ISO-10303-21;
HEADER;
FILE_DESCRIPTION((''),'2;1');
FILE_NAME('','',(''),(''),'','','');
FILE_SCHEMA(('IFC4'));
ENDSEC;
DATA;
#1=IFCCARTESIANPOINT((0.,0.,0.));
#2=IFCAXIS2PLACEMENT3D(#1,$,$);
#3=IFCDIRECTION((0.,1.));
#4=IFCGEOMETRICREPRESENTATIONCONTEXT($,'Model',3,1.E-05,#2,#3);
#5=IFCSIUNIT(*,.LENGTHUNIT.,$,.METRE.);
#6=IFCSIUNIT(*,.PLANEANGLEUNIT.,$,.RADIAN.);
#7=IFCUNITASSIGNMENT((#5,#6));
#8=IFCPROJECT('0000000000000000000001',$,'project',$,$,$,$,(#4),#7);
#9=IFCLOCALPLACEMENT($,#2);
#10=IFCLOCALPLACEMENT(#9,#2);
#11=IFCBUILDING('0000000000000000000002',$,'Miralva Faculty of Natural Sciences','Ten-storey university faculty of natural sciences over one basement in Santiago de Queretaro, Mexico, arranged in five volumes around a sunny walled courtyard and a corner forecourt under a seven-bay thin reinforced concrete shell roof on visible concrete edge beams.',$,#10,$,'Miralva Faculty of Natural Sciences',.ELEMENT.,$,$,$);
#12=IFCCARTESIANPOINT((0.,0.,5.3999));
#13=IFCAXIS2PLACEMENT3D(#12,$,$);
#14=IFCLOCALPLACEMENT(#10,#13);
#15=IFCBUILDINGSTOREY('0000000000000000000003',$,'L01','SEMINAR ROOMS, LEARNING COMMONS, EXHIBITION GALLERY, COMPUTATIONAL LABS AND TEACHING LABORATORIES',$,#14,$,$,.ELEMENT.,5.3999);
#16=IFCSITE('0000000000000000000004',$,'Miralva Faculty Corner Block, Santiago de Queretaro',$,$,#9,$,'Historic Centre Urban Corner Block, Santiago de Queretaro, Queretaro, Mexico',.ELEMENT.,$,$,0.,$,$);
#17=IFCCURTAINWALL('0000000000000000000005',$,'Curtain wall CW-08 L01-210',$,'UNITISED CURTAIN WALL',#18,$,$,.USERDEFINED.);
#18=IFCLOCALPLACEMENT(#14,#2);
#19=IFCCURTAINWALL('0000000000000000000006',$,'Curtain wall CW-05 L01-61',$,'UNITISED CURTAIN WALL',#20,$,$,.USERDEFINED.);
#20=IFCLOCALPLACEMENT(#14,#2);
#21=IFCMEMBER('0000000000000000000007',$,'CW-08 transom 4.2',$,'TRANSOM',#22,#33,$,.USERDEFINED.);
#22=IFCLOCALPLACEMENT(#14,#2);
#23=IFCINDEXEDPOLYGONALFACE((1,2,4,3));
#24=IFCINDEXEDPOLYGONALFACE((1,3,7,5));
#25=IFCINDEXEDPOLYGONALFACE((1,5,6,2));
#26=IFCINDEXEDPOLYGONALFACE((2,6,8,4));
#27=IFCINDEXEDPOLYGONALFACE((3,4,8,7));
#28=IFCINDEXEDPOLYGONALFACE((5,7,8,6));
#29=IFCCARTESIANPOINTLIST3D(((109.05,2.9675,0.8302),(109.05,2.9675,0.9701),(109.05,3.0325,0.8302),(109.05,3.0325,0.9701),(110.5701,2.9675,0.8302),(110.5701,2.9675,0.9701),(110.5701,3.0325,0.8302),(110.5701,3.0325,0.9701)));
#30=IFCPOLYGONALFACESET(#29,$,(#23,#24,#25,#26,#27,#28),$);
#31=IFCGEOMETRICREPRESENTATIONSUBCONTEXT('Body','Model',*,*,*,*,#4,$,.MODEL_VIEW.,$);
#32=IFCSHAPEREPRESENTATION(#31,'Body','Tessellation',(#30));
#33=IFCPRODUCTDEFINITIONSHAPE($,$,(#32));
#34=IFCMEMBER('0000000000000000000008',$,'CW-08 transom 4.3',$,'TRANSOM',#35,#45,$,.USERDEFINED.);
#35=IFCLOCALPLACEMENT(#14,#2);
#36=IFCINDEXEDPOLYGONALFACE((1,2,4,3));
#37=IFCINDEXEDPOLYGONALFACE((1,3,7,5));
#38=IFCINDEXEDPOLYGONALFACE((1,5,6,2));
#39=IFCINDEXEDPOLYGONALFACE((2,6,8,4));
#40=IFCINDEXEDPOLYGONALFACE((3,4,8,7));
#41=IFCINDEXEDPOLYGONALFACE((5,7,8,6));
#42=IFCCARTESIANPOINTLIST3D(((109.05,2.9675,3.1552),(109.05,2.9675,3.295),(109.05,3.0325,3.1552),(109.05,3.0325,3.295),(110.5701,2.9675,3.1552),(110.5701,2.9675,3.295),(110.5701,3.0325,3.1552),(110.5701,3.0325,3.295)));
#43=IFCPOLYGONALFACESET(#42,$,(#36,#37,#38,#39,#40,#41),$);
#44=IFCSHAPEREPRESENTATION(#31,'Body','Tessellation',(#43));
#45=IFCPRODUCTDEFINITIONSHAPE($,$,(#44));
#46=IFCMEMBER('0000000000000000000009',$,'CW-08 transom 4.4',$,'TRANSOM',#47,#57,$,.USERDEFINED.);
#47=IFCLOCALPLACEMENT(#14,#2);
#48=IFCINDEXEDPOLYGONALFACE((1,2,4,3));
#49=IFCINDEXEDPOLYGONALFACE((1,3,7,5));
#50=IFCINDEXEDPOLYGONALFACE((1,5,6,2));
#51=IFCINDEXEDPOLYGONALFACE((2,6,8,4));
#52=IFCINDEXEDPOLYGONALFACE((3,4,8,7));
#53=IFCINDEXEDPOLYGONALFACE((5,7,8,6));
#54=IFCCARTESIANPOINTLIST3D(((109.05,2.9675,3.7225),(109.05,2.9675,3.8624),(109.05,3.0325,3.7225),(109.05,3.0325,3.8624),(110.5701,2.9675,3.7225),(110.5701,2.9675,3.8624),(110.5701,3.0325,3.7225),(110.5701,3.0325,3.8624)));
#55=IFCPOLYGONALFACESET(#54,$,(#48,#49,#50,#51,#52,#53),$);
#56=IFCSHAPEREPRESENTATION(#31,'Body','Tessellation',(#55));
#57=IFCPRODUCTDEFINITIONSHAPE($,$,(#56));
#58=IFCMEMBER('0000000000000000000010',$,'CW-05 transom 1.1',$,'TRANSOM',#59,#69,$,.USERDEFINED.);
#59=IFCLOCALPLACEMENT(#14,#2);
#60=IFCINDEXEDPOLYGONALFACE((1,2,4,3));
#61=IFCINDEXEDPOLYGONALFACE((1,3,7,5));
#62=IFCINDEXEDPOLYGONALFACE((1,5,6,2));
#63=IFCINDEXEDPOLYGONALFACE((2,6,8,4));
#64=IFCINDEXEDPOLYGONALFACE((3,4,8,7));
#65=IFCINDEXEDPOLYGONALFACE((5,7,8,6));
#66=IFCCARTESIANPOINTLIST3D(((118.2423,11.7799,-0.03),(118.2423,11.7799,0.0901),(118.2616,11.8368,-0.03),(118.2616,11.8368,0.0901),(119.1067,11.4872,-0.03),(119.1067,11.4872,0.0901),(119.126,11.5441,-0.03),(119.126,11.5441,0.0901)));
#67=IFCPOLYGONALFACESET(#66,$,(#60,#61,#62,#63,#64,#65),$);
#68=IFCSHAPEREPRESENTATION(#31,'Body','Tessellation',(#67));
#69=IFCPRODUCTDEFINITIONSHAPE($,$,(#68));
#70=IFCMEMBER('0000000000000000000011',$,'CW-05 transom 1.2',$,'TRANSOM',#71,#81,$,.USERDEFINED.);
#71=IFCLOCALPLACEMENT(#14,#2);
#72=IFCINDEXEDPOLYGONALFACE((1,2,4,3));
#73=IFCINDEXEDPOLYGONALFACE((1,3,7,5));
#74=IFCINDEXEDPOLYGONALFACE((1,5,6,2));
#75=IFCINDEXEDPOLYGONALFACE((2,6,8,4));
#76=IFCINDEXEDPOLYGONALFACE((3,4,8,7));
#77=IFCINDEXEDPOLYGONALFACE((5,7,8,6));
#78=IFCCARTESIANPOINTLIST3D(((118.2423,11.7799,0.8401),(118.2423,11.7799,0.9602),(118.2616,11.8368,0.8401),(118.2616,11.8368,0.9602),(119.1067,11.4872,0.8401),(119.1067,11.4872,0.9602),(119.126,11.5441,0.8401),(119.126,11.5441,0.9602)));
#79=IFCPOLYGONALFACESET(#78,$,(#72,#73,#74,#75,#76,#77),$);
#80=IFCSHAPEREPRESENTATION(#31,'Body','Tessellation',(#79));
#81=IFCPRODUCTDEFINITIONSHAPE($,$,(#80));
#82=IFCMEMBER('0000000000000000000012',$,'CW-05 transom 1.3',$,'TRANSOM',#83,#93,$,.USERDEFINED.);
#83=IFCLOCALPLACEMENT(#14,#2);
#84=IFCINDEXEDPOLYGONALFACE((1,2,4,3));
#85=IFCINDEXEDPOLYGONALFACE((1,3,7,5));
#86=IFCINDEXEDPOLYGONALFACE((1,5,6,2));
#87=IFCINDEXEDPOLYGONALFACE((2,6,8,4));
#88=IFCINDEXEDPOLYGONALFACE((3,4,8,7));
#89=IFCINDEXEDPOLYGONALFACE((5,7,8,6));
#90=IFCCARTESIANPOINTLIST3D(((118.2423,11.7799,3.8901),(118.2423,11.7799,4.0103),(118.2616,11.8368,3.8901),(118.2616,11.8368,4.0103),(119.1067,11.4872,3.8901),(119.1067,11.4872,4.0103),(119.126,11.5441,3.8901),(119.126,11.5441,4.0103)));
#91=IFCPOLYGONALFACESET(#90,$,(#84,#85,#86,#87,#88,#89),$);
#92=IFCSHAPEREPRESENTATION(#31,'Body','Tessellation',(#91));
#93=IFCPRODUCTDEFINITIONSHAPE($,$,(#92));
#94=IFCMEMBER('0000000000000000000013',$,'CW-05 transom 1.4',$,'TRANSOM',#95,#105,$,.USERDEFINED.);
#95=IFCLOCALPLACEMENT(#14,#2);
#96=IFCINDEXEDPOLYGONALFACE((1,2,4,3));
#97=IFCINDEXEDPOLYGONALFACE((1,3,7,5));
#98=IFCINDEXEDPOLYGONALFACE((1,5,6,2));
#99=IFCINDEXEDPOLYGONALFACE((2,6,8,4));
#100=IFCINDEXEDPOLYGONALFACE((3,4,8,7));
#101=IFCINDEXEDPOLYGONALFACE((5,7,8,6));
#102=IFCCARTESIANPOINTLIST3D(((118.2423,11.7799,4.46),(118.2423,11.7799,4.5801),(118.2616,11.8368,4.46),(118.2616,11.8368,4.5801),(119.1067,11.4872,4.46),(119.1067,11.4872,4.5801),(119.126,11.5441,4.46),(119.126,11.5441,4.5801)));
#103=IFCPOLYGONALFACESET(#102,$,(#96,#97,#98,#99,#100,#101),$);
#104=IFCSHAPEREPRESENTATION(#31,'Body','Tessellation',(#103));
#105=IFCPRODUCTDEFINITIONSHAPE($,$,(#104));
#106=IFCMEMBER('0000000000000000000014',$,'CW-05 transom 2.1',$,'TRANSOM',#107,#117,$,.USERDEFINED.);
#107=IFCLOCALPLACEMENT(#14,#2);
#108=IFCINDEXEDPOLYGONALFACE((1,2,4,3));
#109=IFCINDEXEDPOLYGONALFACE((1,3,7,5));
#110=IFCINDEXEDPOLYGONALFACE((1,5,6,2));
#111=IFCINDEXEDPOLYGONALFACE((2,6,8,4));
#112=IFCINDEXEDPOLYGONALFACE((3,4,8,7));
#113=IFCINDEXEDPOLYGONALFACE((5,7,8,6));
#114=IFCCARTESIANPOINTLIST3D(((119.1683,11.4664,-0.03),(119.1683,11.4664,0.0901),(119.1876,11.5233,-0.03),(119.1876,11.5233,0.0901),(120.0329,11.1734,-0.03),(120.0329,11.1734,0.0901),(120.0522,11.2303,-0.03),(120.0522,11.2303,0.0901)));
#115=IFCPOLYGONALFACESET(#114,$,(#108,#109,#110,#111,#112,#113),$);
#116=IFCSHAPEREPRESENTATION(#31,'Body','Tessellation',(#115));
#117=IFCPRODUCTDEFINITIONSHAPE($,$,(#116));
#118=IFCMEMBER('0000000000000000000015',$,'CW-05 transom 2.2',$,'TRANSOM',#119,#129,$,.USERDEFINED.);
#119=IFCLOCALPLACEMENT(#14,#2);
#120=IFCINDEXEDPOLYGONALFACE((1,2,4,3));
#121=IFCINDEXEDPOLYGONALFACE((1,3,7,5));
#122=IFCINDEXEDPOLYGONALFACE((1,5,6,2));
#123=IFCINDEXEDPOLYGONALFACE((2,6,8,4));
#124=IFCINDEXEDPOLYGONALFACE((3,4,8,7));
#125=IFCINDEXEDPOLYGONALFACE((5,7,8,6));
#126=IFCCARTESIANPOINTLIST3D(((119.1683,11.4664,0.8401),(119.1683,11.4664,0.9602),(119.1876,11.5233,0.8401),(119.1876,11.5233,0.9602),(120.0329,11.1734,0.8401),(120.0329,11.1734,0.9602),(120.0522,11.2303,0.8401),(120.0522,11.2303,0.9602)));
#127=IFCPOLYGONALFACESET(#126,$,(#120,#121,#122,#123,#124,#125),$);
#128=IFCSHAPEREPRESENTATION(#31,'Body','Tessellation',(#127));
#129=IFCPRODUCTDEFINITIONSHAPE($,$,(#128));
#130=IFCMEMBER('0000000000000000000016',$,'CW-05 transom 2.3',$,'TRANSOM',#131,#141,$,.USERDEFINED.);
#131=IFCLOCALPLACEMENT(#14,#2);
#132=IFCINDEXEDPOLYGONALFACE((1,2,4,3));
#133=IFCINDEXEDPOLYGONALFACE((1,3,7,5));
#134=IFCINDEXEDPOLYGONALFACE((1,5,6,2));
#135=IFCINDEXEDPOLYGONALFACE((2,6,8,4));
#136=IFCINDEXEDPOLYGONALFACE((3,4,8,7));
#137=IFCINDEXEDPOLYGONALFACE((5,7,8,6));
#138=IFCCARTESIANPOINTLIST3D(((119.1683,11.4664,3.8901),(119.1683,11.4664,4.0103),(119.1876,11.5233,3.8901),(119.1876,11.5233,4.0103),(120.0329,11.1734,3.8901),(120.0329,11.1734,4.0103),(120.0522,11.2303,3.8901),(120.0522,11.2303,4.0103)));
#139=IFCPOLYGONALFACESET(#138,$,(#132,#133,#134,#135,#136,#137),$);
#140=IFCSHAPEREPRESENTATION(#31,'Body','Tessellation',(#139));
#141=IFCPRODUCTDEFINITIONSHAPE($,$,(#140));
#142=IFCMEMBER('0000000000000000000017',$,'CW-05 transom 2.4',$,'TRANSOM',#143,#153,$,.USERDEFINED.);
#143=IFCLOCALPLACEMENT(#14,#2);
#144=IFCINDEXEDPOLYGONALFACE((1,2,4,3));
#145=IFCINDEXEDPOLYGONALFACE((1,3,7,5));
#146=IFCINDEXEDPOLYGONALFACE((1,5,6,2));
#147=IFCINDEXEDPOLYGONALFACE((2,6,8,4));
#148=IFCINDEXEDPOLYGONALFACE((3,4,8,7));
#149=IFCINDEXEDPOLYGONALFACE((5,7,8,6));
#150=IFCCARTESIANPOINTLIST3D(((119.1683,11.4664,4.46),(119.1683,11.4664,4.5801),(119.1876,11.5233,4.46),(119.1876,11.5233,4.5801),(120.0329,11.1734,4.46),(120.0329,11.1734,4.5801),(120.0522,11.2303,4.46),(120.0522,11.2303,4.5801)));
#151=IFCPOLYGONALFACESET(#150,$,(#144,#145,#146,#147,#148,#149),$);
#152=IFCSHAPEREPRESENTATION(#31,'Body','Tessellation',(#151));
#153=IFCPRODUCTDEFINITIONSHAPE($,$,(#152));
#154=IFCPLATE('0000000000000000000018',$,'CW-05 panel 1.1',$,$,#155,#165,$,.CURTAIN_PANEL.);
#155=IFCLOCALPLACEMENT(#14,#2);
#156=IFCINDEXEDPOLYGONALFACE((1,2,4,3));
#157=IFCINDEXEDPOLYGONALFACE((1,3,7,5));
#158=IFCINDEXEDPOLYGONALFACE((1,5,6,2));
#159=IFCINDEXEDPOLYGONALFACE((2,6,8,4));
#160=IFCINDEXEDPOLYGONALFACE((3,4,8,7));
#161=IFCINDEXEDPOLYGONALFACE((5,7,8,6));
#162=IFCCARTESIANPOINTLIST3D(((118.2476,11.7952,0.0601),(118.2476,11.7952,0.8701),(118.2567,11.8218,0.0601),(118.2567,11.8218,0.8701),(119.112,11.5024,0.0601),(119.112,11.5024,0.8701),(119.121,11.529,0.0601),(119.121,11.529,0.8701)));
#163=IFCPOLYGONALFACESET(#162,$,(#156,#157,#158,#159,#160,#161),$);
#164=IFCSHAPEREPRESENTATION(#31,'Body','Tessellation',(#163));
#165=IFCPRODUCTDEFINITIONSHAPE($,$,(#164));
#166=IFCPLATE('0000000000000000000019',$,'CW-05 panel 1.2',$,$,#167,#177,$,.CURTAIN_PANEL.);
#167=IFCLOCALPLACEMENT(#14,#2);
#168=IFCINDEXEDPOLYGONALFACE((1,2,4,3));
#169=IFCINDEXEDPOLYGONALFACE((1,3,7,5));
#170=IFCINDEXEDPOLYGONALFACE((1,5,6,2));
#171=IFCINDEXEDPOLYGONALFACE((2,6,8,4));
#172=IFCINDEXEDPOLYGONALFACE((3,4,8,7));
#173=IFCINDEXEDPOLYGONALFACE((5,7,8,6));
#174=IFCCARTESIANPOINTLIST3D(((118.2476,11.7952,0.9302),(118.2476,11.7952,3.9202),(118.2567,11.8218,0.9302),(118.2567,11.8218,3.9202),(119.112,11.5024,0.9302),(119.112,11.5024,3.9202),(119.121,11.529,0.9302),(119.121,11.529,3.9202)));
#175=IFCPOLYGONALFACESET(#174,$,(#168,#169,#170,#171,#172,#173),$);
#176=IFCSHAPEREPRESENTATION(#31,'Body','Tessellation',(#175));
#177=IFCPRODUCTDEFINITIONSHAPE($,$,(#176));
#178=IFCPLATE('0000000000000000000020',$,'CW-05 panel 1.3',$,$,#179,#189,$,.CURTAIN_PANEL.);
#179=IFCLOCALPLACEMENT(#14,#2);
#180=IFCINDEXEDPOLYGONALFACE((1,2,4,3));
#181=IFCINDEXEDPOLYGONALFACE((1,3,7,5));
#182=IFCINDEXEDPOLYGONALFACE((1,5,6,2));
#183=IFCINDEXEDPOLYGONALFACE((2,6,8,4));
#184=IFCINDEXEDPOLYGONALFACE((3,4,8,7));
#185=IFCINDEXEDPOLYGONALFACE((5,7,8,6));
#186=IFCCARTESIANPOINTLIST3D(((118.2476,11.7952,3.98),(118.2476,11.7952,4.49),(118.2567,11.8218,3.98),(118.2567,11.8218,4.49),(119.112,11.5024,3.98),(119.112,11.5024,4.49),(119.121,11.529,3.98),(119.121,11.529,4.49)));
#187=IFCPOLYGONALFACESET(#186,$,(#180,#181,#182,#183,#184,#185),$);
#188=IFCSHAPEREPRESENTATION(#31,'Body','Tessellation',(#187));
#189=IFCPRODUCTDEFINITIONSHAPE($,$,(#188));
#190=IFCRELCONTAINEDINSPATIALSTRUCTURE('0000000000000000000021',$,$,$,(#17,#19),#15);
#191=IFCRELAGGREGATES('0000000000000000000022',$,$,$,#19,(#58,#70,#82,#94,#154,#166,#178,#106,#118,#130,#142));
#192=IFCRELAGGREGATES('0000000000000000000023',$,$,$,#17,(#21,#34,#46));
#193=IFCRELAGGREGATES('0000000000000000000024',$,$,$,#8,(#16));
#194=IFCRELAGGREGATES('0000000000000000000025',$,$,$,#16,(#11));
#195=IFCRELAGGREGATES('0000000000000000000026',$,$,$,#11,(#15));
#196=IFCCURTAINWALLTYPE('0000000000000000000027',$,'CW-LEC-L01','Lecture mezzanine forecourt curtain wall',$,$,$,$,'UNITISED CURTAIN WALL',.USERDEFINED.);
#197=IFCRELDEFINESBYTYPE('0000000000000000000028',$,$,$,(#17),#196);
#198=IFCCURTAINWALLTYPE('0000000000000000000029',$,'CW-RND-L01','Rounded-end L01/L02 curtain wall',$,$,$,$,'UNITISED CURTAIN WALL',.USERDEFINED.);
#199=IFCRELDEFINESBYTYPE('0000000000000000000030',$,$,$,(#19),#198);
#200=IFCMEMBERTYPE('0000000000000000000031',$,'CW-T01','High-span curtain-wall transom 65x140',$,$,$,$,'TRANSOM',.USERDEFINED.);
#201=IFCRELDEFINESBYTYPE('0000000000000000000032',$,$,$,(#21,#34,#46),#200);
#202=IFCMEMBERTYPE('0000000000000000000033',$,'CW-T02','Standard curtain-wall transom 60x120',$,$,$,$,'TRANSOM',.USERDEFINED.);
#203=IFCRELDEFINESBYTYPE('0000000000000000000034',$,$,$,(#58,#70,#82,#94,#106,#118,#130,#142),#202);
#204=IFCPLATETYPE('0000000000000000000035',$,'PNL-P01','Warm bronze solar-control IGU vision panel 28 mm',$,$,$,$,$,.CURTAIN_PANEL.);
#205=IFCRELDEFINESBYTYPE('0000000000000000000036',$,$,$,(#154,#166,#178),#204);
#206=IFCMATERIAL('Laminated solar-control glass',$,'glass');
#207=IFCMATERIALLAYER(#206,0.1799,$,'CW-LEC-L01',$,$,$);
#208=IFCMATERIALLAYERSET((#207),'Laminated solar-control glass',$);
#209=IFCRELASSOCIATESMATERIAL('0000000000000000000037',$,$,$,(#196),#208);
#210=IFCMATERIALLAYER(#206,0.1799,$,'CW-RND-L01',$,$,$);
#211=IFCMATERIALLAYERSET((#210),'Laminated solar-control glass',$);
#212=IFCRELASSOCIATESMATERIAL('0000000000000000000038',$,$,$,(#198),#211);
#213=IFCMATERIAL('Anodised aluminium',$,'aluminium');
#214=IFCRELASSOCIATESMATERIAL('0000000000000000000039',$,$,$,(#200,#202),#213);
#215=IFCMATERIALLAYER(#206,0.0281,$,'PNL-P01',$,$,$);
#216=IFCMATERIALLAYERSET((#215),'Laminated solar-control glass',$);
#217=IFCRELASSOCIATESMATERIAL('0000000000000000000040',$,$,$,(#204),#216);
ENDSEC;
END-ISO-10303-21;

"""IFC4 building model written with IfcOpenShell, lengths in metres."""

from ifc_helpers import new_model, si_unit, direction, frame, origin, origin_2d, place, context, subcontext, project, spatial, rectangle, extrude, material, layer, layer_set, material_profile, profile_set, type_object, element, aggregate, save


model = new_model("IFC4")

# Units and contexts
model_context = context("Model", 3, precision=1e-05, world=origin(), true_north=direction((0.0, 1.0)))
body_context = subcontext(model_context, "Body", "Model", "MODEL_VIEW")
ifc_project = project(units=[si_unit("LENGTHUNIT", "METRE"), si_unit("PLANEANGLEUNIT", "RADIAN")], contexts=[model_context])

# Site, building, storey
site_placement = place(None, origin())
site = spatial("IfcSite", under=ifc_project, at=site_placement, Name="Miralva Faculty Corner Block, Santiago de Queretaro", LongName="Historic Centre Urban Corner Block, Santiago de Queretaro, Queretaro, Mexico", CompositionType="ELEMENT", RefElevation=0.0)
building_placement = place(site_placement, origin())
building = spatial("IfcBuilding", under=site, at=building_placement, Name="Miralva Faculty of Natural Sciences", Description="Ten-storey university faculty of natural sciences over one basement in Santiago de Queretaro, Mexico, arranged in five volumes around a sunny walled courtyard and a corner forecourt under a seven-bay thin reinforced concrete shell roof on visible concrete edge beams.", LongName="Miralva Faculty of Natural Sciences", CompositionType="ELEMENT")
storey_placement = place(building_placement, frame((0.0, 0.0, 5.3999)))
storey = spatial("IfcBuildingStorey", under=building, at=storey_placement, Name="L01", Description="SEMINAR ROOMS, LEARNING COMMONS, EXHIBITION GALLERY, COMPUTATIONAL LABS AND TEACHING LABORATORIES", CompositionType="ELEMENT", Elevation=5.3999)

# Curtain walls
ifc_material_1 = material(Name="Laminated solar-control glass", Category="glass")
ifc_layer_1 = layer(ifc_material_1, 0.1799, Name="CW-LEC-L01")
ifc_layer_set_1 = layer_set([ifc_layer_1], Name="Laminated solar-control glass")
curtain_wall_type_1 = type_object("IfcCurtainWallType", Name="CW-LEC-L01", Description="Lecture mezzanine forecourt curtain wall", ElementType="UNITISED CURTAIN WALL", PredefinedType="USERDEFINED", material=ifc_layer_set_1)
curtain_wall_1_placement = place(storey_placement, origin())
curtain_wall_1 = element("IfcCurtainWall", 1, at=curtain_wall_1_placement, inside=storey, type_object=curtain_wall_type_1, Name="Curtain wall CW-08 L01-210", ObjectType="UNITISED CURTAIN WALL", PredefinedType="USERDEFINED")
ifc_material_2 = material(Name="Anodised aluminium", Category="aluminium")
ifc_layer_2 = layer(ifc_material_1, 0.1799, Name="CW-RND-L01")
ifc_layer_set_2 = layer_set([ifc_layer_2], Name="Laminated solar-control glass")
curtain_wall_type_2 = type_object("IfcCurtainWallType", Name="CW-RND-L01", Description="Rounded-end L01/L02 curtain wall", ElementType="UNITISED CURTAIN WALL", PredefinedType="USERDEFINED", material=ifc_layer_set_2)
curtain_wall_2_placement = place(storey_placement, origin())
curtain_wall_2 = element("IfcCurtainWall", 2, at=curtain_wall_2_placement, inside=storey, type_object=curtain_wall_type_2, Name="Curtain wall CW-05 L01-61", ObjectType="UNITISED CURTAIN WALL", PredefinedType="USERDEFINED")

# Members
ifc_material_profile_1 = material_profile(ifc_material_2, rectangle(XDim=0.0649, YDim=0.1399, at=origin_2d()), Name="TRANSOM 65x140")
ifc_profile_set_1 = profile_set([ifc_material_profile_1], Name="Anodised aluminium")
member_type_1 = type_object("IfcMemberType", Name="CW-T01", Description="High-span curtain-wall transom 65x140", ElementType="TRANSOM", PredefinedType="USERDEFINED", material=ifc_profile_set_1)
member_1_placement = place(storey_placement, frame((109.05, 3.0, 0.9001), z_axis=(1.0, 0.0, 0.0), x_axis=(0.0, 1.0, 0.0)))
member_1 = element("IfcMember", 3, at=member_1_placement, type_object=member_type_1, Name="CW-08 transom 4.2", ObjectType="TRANSOM", PredefinedType="USERDEFINED", context=body_context, shape_type="SweptSolid", body=[
    extrude(rectangle(XDim=0.0649, YDim=0.1399, at=origin_2d()), origin(), (0.0, 0.0, 1.0), 1.52),
])
member_2_placement = place(storey_placement, frame((109.05, 3.0, 3.2251), z_axis=(1.0, 0.0, 0.0), x_axis=(0.0, 1.0, 0.0)))
member_2 = element("IfcMember", 4, at=member_2_placement, type_object=member_type_1, Name="CW-08 transom 4.3", ObjectType="TRANSOM", PredefinedType="USERDEFINED", context=body_context, shape_type="SweptSolid", body=[
    extrude(rectangle(XDim=0.0649, YDim=0.1399, at=origin_2d()), origin(), (0.0, 0.0, 1.0), 1.52),
])
member_3_placement = place(storey_placement, frame((109.05, 3.0, 3.7925), z_axis=(1.0, 0.0, 0.0), x_axis=(0.0, 1.0, 0.0)))
member_3 = element("IfcMember", 5, at=member_3_placement, type_object=member_type_1, Name="CW-08 transom 4.4", ObjectType="TRANSOM", PredefinedType="USERDEFINED", context=body_context, shape_type="SweptSolid", body=[
    extrude(rectangle(XDim=0.0649, YDim=0.1399, at=origin_2d()), origin(), (0.0, 0.0, 1.0), 1.52),
])
ifc_material_profile_2 = material_profile(ifc_material_2, rectangle(XDim=0.0601, YDim=0.1201, at=origin_2d()), Name="TRANSOM 60x120")
ifc_profile_set_2 = profile_set([ifc_material_profile_2], Name="Anodised aluminium")
member_type_2 = type_object("IfcMemberType", Name="CW-T02", Description="Standard curtain-wall transom 60x120", ElementType="TRANSOM", PredefinedType="USERDEFINED", material=ifc_profile_set_2)
member_4_placement = place(storey_placement, frame((118.252, 11.8083, 0.03), z_axis=(0.947175, -0.320718, 0.0), x_axis=(0.320718, 0.947175, 0.0)))
member_4 = element("IfcMember", 6, at=member_4_placement, type_object=member_type_2, Name="CW-05 transom 1.1", ObjectType="TRANSOM", PredefinedType="USERDEFINED", context=body_context, shape_type="SweptSolid", body=[
    extrude(rectangle(XDim=0.0601, YDim=0.1201, at=origin_2d()), origin(), (0.0, 0.0, 1.0), 0.9126),
])
member_5_placement = place(storey_placement, frame((118.252, 11.8083, 0.9001), z_axis=(0.947175, -0.320718, 0.0), x_axis=(0.320718, 0.947175, 0.0)))
member_5 = element("IfcMember", 7, at=member_5_placement, type_object=member_type_2, Name="CW-05 transom 1.2", ObjectType="TRANSOM", PredefinedType="USERDEFINED", context=body_context, shape_type="SweptSolid", body=[
    extrude(rectangle(XDim=0.0601, YDim=0.1201, at=origin_2d()), origin(), (0.0, 0.0, 1.0), 0.9126),
])
member_6_placement = place(storey_placement, frame((118.252, 11.8083, 3.9502), z_axis=(0.947175, -0.320718, 0.0), x_axis=(0.320718, 0.947175, 0.0)))
member_6 = element("IfcMember", 8, at=member_6_placement, type_object=member_type_2, Name="CW-05 transom 1.3", ObjectType="TRANSOM", PredefinedType="USERDEFINED", context=body_context, shape_type="SweptSolid", body=[
    extrude(rectangle(XDim=0.0601, YDim=0.1201, at=origin_2d()), origin(), (0.0, 0.0, 1.0), 0.9126),
])
member_7_placement = place(storey_placement, frame((118.252, 11.8083, 4.52), z_axis=(0.947175, -0.320718, 0.0), x_axis=(0.320718, 0.947175, 0.0)))
member_7 = element("IfcMember", 9, at=member_7_placement, type_object=member_type_2, Name="CW-05 transom 1.4", ObjectType="TRANSOM", PredefinedType="USERDEFINED", context=body_context, shape_type="SweptSolid", body=[
    extrude(rectangle(XDim=0.0601, YDim=0.1201, at=origin_2d()), origin(), (0.0, 0.0, 1.0), 0.9126),
])
member_8_placement = place(storey_placement, frame((119.178, 11.4949, 0.03), z_axis=(0.947093, -0.320958, 0.0), x_axis=(0.320958, 0.947093, 0.0)))
member_8 = element("IfcMember", 10, at=member_8_placement, type_object=member_type_2, Name="CW-05 transom 2.1", ObjectType="TRANSOM", PredefinedType="USERDEFINED", context=body_context, shape_type="SweptSolid", body=[
    extrude(rectangle(XDim=0.0601, YDim=0.1201, at=origin_2d()), origin(), (0.0, 0.0, 1.0), 0.9128),
])
member_9_placement = place(storey_placement, frame((119.178, 11.4949, 0.9001), z_axis=(0.947093, -0.320958, 0.0), x_axis=(0.320958, 0.947093, 0.0)))
member_9 = element("IfcMember", 11, at=member_9_placement, type_object=member_type_2, Name="CW-05 transom 2.2", ObjectType="TRANSOM", PredefinedType="USERDEFINED", context=body_context, shape_type="SweptSolid", body=[
    extrude(rectangle(XDim=0.0601, YDim=0.1201, at=origin_2d()), origin(), (0.0, 0.0, 1.0), 0.9128),
])
member_10_placement = place(storey_placement, frame((119.178, 11.4949, 3.9502), z_axis=(0.947093, -0.320958, 0.0), x_axis=(0.320958, 0.947093, 0.0)))
member_10 = element("IfcMember", 12, at=member_10_placement, type_object=member_type_2, Name="CW-05 transom 2.3", ObjectType="TRANSOM", PredefinedType="USERDEFINED", context=body_context, shape_type="SweptSolid", body=[
    extrude(rectangle(XDim=0.0601, YDim=0.1201, at=origin_2d()), origin(), (0.0, 0.0, 1.0), 0.9128),
])
member_11_placement = place(storey_placement, frame((119.178, 11.4949, 4.52), z_axis=(0.947093, -0.320958, 0.0), x_axis=(0.320958, 0.947093, 0.0)))
member_11 = element("IfcMember", 13, at=member_11_placement, type_object=member_type_2, Name="CW-05 transom 2.4", ObjectType="TRANSOM", PredefinedType="USERDEFINED", context=body_context, shape_type="SweptSolid", body=[
    extrude(rectangle(XDim=0.0601, YDim=0.1201, at=origin_2d()), origin(), (0.0, 0.0, 1.0), 0.9128),
])

# Plates
ifc_layer_3 = layer(ifc_material_1, 0.0281, Name="PNL-P01")
ifc_layer_set_3 = layer_set([ifc_layer_3], Name="Laminated solar-control glass")
plate_type_1 = type_object("IfcPlateType", Name="PNL-P01", Description="Warm bronze solar-control IGU vision panel 28 mm", PredefinedType="CURTAIN_PANEL", material=ifc_layer_set_3)
plate_1_placement = place(storey_placement, frame((118.6843, 11.6621, 0.0601), z_axis=(0.0, 0.0, 1.0), x_axis=(0.947133, -0.320842, 0.0)))
plate_1 = element("IfcPlate", 14, at=plate_1_placement, type_object=plate_type_1, Name="CW-05 panel 1.1", PredefinedType="CURTAIN_PANEL", context=body_context, shape_type="SweptSolid", body=[
    extrude(rectangle(XDim=0.9126, YDim=0.0281, at=origin_2d()), origin(), (0.0, 0.0, 1.0), 0.8101),
])
plate_2_placement = place(storey_placement, frame((118.6843, 11.6621, 0.9302), z_axis=(0.0, 0.0, 1.0), x_axis=(0.947133, -0.320842, 0.0)))
plate_2 = element("IfcPlate", 15, at=plate_2_placement, type_object=plate_type_1, Name="CW-05 panel 1.2", PredefinedType="CURTAIN_PANEL", context=body_context, shape_type="SweptSolid", body=[
    extrude(rectangle(XDim=0.9126, YDim=0.0281, at=origin_2d()), origin(), (0.0, 0.0, 1.0), 2.99),
])
plate_3_placement = place(storey_placement, frame((118.6843, 11.6621, 3.98), z_axis=(0.0, 0.0, 1.0), x_axis=(0.947133, -0.320842, 0.0)))
plate_3 = element("IfcPlate", 16, at=plate_3_placement, type_object=plate_type_1, Name="CW-05 panel 1.3", PredefinedType="CURTAIN_PANEL", context=body_context, shape_type="SweptSolid", body=[
    extrude(rectangle(XDim=0.9126, YDim=0.0281, at=origin_2d()), origin(), (0.0, 0.0, 1.0), 0.51),
])
aggregate(curtain_wall_2, [member_4, member_5, member_6, member_7, plate_1, plate_2, plate_3, member_8, member_9, member_10, member_11])
aggregate(curtain_wall_1, [member_1, member_2, member_3])

save(model, "model.ifc")
